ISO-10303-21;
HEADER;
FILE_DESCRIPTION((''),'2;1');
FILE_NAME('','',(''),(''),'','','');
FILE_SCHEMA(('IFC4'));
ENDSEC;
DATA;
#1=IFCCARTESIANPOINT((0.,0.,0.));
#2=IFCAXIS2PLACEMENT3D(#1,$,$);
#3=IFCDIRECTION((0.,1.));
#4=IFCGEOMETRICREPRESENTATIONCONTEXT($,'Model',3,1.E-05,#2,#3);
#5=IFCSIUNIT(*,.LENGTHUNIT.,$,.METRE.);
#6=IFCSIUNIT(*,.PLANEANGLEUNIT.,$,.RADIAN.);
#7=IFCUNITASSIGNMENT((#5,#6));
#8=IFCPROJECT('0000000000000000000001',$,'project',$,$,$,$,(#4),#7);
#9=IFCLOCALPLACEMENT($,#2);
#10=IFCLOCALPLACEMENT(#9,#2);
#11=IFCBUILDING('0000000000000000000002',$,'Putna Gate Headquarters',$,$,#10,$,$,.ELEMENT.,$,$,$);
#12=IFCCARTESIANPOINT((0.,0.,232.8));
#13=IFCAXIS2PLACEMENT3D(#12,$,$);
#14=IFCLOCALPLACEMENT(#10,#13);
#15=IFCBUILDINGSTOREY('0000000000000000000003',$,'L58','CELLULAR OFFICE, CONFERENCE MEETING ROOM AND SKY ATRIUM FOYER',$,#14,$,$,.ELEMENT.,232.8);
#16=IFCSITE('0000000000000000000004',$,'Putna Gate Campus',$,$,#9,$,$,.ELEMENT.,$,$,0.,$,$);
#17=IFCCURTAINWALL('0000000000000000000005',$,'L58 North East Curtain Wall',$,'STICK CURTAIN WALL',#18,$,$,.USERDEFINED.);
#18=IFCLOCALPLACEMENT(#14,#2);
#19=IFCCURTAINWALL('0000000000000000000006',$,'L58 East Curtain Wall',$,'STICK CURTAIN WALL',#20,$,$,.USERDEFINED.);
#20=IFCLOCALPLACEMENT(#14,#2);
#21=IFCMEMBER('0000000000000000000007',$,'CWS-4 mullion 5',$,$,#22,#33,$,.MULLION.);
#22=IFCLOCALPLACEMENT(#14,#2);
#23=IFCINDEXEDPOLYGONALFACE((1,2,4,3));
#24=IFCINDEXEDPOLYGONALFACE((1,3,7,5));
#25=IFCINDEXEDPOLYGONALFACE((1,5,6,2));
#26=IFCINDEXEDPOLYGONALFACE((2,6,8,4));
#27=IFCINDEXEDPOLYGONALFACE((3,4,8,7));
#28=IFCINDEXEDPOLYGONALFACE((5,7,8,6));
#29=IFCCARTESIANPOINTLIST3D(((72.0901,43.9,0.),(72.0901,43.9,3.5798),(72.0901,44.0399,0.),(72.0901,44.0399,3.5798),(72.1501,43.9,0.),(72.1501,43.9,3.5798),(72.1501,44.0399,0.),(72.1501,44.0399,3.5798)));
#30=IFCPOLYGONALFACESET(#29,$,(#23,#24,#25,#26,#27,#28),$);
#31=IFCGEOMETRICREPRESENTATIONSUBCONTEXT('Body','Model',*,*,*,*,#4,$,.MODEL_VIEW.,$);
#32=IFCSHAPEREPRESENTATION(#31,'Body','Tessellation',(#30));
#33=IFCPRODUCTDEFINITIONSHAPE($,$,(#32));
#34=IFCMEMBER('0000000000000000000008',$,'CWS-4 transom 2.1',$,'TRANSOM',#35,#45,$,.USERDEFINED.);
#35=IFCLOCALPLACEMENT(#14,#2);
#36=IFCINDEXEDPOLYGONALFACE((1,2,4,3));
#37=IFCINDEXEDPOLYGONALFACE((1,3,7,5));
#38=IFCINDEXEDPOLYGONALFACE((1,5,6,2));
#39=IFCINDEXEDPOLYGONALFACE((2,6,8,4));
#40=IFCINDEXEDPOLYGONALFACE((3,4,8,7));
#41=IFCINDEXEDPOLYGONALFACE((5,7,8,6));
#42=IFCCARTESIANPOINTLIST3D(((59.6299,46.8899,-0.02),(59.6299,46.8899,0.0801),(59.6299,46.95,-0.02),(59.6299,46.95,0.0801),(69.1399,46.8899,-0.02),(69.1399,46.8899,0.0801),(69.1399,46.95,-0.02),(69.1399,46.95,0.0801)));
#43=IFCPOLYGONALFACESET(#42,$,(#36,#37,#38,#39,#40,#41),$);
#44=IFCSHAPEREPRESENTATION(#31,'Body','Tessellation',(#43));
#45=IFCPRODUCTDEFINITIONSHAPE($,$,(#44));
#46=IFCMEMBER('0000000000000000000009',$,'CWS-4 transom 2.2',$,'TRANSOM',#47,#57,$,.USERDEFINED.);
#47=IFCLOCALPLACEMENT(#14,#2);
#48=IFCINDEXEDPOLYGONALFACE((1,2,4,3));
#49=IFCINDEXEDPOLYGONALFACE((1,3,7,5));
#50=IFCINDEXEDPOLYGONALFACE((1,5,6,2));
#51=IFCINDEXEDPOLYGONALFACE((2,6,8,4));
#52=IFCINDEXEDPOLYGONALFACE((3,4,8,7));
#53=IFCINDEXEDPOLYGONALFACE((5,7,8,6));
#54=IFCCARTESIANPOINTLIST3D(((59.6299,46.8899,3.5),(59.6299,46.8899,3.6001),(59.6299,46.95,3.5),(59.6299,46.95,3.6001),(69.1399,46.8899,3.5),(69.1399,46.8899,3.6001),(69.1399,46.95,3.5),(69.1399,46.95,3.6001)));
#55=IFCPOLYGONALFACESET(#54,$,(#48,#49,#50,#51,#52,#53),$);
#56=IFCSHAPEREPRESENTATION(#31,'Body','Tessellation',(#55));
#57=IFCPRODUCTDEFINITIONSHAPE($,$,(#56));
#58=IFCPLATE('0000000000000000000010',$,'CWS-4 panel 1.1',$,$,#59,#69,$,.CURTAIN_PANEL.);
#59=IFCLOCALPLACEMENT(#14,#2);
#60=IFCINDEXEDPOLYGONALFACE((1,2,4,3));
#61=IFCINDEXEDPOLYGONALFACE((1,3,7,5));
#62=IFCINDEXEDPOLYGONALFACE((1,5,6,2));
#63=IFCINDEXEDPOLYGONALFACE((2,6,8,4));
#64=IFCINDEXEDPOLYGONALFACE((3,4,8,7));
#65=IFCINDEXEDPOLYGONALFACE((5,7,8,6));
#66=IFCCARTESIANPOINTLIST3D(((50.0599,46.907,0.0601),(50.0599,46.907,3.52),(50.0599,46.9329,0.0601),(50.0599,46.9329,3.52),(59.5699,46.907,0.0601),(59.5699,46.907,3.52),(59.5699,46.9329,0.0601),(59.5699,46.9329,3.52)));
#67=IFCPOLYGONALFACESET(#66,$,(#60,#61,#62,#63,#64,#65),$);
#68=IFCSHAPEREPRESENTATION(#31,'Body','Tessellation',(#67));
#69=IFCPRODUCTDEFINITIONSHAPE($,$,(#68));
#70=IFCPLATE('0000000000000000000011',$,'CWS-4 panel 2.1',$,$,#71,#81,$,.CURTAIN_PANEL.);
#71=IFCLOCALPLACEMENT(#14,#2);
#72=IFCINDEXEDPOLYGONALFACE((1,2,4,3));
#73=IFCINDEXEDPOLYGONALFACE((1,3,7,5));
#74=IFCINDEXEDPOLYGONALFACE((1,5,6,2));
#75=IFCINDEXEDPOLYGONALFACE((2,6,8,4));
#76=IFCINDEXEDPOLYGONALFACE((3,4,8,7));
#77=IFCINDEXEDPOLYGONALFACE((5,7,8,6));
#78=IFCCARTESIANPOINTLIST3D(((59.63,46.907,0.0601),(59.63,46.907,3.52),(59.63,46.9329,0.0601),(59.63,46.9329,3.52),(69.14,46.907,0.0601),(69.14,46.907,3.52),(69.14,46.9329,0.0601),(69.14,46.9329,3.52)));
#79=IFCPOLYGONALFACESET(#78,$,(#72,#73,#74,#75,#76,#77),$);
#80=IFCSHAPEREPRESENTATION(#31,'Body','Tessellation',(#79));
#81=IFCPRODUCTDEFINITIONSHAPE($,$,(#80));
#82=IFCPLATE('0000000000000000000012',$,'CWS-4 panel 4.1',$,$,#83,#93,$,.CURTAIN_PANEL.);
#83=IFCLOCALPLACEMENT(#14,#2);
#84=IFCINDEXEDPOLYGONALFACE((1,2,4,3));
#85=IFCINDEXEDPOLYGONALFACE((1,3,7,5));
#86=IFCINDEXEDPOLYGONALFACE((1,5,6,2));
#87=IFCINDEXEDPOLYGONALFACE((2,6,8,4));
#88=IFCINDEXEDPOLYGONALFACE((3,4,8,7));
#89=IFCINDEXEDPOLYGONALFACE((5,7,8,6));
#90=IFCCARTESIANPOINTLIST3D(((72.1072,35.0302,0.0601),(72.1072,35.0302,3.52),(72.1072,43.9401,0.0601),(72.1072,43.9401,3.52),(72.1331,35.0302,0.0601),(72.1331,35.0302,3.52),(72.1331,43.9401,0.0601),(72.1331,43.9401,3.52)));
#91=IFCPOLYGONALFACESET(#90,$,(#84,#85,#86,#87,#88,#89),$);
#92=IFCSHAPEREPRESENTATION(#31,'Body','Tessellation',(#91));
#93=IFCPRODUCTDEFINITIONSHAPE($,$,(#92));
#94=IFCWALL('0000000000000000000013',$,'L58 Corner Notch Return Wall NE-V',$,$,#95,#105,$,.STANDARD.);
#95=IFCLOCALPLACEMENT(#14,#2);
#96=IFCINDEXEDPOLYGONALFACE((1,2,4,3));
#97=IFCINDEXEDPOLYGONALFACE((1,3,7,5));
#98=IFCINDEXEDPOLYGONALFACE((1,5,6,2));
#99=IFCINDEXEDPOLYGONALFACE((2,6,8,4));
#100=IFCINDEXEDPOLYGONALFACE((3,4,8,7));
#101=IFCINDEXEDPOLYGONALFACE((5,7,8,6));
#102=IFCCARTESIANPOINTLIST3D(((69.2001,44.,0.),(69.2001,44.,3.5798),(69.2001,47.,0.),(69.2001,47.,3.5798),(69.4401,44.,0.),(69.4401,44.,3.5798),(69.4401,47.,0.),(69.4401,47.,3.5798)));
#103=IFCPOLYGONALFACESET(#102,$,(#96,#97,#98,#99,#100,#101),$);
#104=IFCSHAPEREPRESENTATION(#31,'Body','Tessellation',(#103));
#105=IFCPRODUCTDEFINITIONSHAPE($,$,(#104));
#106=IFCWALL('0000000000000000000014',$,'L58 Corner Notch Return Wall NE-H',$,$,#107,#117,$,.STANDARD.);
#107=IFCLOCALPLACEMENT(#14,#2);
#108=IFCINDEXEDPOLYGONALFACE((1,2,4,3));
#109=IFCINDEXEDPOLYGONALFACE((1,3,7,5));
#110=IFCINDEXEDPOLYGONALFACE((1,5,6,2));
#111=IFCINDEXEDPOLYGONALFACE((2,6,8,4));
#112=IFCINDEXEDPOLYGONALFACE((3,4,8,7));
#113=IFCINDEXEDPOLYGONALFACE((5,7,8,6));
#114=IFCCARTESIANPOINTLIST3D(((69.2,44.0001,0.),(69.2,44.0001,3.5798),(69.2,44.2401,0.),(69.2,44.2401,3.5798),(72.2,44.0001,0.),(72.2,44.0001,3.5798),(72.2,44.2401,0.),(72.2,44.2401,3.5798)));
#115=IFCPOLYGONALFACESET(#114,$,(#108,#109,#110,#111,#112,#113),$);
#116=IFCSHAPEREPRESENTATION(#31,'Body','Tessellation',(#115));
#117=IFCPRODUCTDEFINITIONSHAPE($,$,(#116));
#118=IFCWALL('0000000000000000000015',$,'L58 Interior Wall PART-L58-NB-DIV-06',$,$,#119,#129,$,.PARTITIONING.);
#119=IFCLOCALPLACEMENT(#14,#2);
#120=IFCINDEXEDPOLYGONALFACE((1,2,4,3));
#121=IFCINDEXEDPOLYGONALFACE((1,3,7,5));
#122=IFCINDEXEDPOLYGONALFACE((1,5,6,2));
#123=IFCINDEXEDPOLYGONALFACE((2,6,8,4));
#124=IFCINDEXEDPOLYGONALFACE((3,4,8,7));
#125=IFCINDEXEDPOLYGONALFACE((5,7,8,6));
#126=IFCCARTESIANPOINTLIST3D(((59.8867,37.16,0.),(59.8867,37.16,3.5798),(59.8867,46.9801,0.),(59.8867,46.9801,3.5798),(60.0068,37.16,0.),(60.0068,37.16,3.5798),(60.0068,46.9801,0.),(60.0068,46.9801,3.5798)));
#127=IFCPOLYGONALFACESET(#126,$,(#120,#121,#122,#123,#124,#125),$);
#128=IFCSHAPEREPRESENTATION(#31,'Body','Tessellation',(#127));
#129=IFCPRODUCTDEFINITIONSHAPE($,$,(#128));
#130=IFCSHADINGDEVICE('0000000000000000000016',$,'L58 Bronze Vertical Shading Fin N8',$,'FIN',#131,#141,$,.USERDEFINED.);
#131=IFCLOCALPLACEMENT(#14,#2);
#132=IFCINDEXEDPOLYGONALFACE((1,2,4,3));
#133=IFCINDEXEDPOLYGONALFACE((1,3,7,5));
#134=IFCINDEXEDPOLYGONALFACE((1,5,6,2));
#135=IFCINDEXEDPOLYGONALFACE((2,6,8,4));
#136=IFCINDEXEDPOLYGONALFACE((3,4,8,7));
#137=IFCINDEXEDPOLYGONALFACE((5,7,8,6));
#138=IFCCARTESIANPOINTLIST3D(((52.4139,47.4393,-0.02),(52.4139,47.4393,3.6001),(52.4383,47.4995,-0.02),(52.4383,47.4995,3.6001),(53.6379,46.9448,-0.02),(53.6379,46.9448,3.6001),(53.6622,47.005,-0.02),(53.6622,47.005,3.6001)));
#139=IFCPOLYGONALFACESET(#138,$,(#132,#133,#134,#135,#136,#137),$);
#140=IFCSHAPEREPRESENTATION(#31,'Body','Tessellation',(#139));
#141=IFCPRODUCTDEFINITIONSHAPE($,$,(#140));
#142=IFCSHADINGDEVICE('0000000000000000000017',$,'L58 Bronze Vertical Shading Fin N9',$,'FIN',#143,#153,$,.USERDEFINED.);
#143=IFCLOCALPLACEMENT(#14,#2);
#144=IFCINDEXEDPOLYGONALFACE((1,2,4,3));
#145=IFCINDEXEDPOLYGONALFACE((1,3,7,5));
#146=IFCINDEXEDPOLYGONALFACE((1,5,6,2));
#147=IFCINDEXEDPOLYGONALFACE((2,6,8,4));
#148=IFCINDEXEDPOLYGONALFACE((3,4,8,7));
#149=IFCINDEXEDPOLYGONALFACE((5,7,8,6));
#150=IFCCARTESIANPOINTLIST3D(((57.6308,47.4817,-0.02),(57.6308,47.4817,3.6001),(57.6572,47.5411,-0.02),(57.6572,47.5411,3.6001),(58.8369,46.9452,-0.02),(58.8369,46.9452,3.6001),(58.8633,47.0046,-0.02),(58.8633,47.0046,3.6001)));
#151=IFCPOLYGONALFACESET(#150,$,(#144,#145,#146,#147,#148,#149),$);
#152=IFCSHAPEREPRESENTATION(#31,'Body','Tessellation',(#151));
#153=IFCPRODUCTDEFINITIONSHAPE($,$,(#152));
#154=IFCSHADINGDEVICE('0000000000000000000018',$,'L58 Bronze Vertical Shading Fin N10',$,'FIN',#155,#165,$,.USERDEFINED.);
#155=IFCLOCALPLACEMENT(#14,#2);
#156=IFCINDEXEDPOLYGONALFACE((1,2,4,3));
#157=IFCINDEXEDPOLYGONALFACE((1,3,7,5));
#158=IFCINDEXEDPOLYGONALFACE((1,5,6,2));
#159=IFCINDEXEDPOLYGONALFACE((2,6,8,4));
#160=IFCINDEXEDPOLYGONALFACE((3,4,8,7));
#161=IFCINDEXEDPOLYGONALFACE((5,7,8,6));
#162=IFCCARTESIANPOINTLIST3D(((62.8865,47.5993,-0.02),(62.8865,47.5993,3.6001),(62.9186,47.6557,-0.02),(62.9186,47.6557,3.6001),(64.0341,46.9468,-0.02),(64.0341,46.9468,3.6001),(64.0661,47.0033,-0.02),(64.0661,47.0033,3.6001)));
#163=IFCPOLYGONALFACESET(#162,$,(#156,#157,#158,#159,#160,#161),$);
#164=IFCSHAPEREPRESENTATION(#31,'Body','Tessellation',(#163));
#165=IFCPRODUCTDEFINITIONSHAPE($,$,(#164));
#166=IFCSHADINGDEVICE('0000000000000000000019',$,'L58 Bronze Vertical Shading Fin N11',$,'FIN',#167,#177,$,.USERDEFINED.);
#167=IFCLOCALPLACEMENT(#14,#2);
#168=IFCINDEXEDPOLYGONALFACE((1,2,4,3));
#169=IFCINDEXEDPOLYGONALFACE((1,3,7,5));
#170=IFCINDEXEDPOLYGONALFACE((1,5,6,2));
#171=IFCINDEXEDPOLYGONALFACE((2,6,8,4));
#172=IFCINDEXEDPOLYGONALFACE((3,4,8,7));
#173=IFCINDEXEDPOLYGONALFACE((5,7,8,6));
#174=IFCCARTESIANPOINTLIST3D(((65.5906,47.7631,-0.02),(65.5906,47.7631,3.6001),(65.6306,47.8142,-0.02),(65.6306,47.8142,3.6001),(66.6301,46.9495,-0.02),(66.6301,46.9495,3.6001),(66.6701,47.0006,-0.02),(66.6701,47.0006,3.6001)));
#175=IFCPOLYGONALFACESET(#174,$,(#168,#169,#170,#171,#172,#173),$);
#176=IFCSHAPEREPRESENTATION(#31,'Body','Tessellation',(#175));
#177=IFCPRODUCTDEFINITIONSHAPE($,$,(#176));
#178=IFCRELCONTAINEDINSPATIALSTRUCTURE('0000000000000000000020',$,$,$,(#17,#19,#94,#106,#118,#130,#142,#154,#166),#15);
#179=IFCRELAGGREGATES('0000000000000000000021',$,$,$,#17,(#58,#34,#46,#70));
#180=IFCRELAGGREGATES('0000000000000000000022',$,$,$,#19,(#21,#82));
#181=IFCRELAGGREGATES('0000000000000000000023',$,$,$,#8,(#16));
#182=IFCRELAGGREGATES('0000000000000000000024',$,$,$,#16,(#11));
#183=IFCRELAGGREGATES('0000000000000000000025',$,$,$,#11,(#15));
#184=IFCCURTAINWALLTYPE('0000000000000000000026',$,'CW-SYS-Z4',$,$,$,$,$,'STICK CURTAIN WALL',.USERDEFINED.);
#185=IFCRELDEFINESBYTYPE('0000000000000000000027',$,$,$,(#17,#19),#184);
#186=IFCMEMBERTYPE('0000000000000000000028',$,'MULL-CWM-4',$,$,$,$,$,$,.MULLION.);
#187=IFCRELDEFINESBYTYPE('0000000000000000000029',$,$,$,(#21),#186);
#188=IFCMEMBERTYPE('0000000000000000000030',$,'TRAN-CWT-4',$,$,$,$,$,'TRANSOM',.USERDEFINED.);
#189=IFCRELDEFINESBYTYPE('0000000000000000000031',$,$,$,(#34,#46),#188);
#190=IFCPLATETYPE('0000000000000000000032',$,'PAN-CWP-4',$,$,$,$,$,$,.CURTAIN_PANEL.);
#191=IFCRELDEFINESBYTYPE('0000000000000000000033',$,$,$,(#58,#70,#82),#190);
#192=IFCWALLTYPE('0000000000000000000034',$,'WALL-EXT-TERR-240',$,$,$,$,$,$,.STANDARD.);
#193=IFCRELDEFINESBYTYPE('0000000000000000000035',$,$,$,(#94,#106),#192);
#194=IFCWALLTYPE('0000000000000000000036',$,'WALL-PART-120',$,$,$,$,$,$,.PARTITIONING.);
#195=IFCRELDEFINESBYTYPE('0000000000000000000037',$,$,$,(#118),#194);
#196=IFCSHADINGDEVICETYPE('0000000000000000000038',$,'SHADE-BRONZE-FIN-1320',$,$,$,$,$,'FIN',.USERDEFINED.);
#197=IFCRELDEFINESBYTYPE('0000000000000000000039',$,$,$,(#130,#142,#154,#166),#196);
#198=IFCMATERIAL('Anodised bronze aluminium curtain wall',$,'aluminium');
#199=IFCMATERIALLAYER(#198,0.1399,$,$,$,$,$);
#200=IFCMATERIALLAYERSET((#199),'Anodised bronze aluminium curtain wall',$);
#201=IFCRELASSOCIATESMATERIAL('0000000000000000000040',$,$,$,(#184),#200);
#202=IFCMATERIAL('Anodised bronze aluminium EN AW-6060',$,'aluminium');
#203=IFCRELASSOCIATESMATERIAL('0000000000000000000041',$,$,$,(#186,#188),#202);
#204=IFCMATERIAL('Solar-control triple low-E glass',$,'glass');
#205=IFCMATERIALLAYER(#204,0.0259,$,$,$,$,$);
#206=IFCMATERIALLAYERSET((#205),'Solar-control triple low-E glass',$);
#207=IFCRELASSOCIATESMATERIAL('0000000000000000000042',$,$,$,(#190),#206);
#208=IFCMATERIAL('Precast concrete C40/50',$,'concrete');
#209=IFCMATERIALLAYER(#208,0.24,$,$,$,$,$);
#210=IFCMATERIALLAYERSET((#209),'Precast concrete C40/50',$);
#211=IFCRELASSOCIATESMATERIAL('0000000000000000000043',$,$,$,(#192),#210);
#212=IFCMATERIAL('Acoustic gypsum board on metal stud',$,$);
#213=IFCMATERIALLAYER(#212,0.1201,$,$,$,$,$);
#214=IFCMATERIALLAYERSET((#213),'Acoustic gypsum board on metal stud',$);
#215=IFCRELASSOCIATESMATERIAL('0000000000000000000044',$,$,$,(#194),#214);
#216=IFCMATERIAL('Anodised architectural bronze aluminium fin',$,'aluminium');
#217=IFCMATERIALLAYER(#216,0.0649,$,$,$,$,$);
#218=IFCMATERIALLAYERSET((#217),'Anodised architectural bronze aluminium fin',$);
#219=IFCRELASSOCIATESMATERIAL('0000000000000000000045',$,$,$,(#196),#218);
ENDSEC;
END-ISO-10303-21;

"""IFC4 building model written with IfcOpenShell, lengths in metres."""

from ifc_helpers import new_model, si_unit, direction, frame, frame_2d, origin, origin_2d, place, context, subcontext, project, spatial, rectangle, extrude, material, layer, layer_set, material_profile, profile_set, type_object, element, aggregate, save


model = new_model("IFC4")

# Units and contexts
model_context = context("Model", 3, precision=1e-05, world=origin(), true_north=direction((0.0, 1.0)))
body_context = subcontext(model_context, "Body", "Model", "MODEL_VIEW")
ifc_project = project(units=[si_unit("LENGTHUNIT", "METRE"), si_unit("PLANEANGLEUNIT", "RADIAN")], contexts=[model_context])

# Site, building, storey
site_placement = place(None, origin())
site = spatial("IfcSite", under=ifc_project, at=site_placement, Name="Putna Gate Campus", CompositionType="ELEMENT", RefElevation=0.0)
building_placement = place(site_placement, origin())
building = spatial("IfcBuilding", under=site, at=building_placement, Name="Putna Gate Headquarters", CompositionType="ELEMENT")
storey_placement = place(building_placement, frame((0.0, 0.0, 232.8)))
storey = spatial("IfcBuildingStorey", under=building, at=storey_placement, Name="L58", Description="CELLULAR OFFICE, CONFERENCE MEETING ROOM AND SKY ATRIUM FOYER", CompositionType="ELEMENT", Elevation=232.8)

# Curtain wall
ifc_material_1 = material(Name="Anodised bronze aluminium curtain wall", Category="aluminium")
ifc_layer_1 = layer(ifc_material_1, 0.1399)
ifc_layer_set_1 = layer_set([ifc_layer_1], Name="Anodised bronze aluminium curtain wall")
curtain_wall_type = type_object("IfcCurtainWallType", Name="CW-SYS-Z4", ElementType="STICK CURTAIN WALL", PredefinedType="USERDEFINED", material=ifc_layer_set_1)
curtain_wall_1_placement = place(storey_placement, origin())
curtain_wall_1 = element("IfcCurtainWall", 1, at=curtain_wall_1_placement, inside=storey, type_object=curtain_wall_type, Name="L58 North East Curtain Wall", ObjectType="STICK CURTAIN WALL", PredefinedType="USERDEFINED")
ifc_material_2 = material(Name="Anodised bronze aluminium EN AW-6060", Category="aluminium")
ifc_material_profile_1 = material_profile(ifc_material_2, rectangle(XDim=0.0601, YDim=0.1399, at=origin_2d()), Name="Anodised bronze aluminium EN AW-6060")
ifc_profile_set_1 = profile_set([ifc_material_profile_1], Name="Anodised bronze aluminium EN AW-6060")
member_type_1 = type_object("IfcMemberType", Name="MULL-CWM-4", PredefinedType="MULLION", material=ifc_profile_set_1)

# Curtain wall, member
curtain_wall_2_placement = place(storey_placement, origin())
curtain_wall_2 = element("IfcCurtainWall", 2, at=curtain_wall_2_placement, inside=storey, type_object=curtain_wall_type, Name="L58 East Curtain Wall", ObjectType="STICK CURTAIN WALL", PredefinedType="USERDEFINED")
member_1_placement = place(storey_placement, frame((72.1201, 43.97, 0.0), z_axis=(0.0, 0.0, 1.0), x_axis=(-1.0, 0.0, 0.0)))
member_1 = element("IfcMember", 3, at=member_1_placement, type_object=member_type_1, Name="CWS-4 mullion 5", PredefinedType="MULLION", context=body_context, shape_type="SweptSolid", body=[
    extrude(rectangle(XDim=0.0601, YDim=0.1399, at=origin_2d()), origin(), (0.0, 0.0, 1.0), 3.5798),
])

# Members
ifc_material_profile_2 = material_profile(ifc_material_2, rectangle(XDim=0.0601, YDim=0.1001, at=origin_2d()), Name="Anodised bronze aluminium EN AW-6060")
ifc_profile_set_2 = profile_set([ifc_material_profile_2], Name="Anodised bronze aluminium EN AW-6060")
member_type_2 = type_object("IfcMemberType", Name="TRAN-CWT-4", ElementType="TRANSOM", PredefinedType="USERDEFINED", material=ifc_profile_set_2)
member_2_placement = place(storey_placement, frame((59.6299, 46.9199, 0.03), z_axis=(1.0, 0.0, 0.0), x_axis=(0.0, 1.0, 0.0)))
member_2 = element("IfcMember", 4, at=member_2_placement, type_object=member_type_2, Name="CWS-4 transom 2.1", ObjectType="TRANSOM", PredefinedType="USERDEFINED", context=body_context, shape_type="SweptSolid", body=[
    extrude(rectangle(XDim=0.0601, YDim=0.1001, at=origin_2d()), origin(), (0.0, 0.0, 1.0), 9.51),
])
member_3_placement = place(storey_placement, frame((59.6299, 46.9199, 3.55), z_axis=(1.0, 0.0, 0.0), x_axis=(0.0, 1.0, 0.0)))
member_3 = element("IfcMember", 5, at=member_3_placement, type_object=member_type_2, Name="CWS-4 transom 2.2", ObjectType="TRANSOM", PredefinedType="USERDEFINED", context=body_context, shape_type="SweptSolid", body=[
    extrude(rectangle(XDim=0.0601, YDim=0.1001, at=origin_2d()), origin(), (0.0, 0.0, 1.0), 9.51),
])

# Plates
ifc_material_3 = material(Name="Solar-control triple low-E glass", Category="glass")
ifc_layer_2 = layer(ifc_material_3, 0.0259)
ifc_layer_set_2 = layer_set([ifc_layer_2], Name="Solar-control triple low-E glass")
plate_type = type_object("IfcPlateType", Name="PAN-CWP-4", PredefinedType="CURTAIN_PANEL", material=ifc_layer_set_2)
plate_1_placement = place(storey_placement, frame((54.8149, 46.9199, 0.0601), z_axis=(0.0, 0.0, 1.0), x_axis=(1.0, 0.0, 0.0)))
plate_1 = element("IfcPlate", 6, at=plate_1_placement, type_object=plate_type, Name="CWS-4 panel 1.1", PredefinedType="CURTAIN_PANEL", context=body_context, shape_type="SweptSolid", body=[
    extrude(rectangle(XDim=9.51, YDim=0.0259, at=origin_2d()), origin(), (0.0, 0.0, 1.0), 3.46),
])
plate_2_placement = place(storey_placement, frame((64.385, 46.9199, 0.0601), z_axis=(0.0, 0.0, 1.0), x_axis=(1.0, 0.0, 0.0)))
plate_2 = element("IfcPlate", 7, at=plate_2_placement, type_object=plate_type, Name="CWS-4 panel 2.1", PredefinedType="CURTAIN_PANEL", context=body_context, shape_type="SweptSolid", body=[
    extrude(rectangle(XDim=9.51, YDim=0.0259, at=origin_2d()), origin(), (0.0, 0.0, 1.0), 3.46),
])
aggregate(curtain_wall_1, [plate_1, member_2, member_3, plate_2])
plate_3_placement = place(storey_placement, frame((72.1201, 39.4851, 0.0601), z_axis=(0.0, 0.0, 1.0), x_axis=(0.0, 1.0, 0.0)))
plate_3 = element("IfcPlate", 8, at=plate_3_placement, type_object=plate_type, Name="CWS-4 panel 4.1", PredefinedType="CURTAIN_PANEL", context=body_context, shape_type="SweptSolid", body=[
    extrude(rectangle(XDim=8.9099, YDim=0.0259, at=origin_2d()), origin(), (0.0, 0.0, 1.0), 3.46),
])
aggregate(curtain_wall_2, [member_1, plate_3])

# Walls
ifc_material_4 = material(Name="Precast concrete C40/50", Category="concrete")
ifc_layer_3 = layer(ifc_material_4, 0.24)
ifc_layer_set_3 = layer_set([ifc_layer_3], Name="Precast concrete C40/50")
wall_type_1 = type_object("IfcWallType", Name="WALL-EXT-TERR-240", PredefinedType="STANDARD", material=ifc_layer_set_3)
for number, where, z_axis, x_axis, name in (
    (9, (69.3201, 47.0, 0.0), (0.0, 0.0, 1.0), (0.0, -1.0, 0.0), "L58 Corner Notch Return Wall NE-V"),
    (10, (69.2, 44.1201, 0.0), (0.0, 0.0, 1.0), (1.0, 0.0, 0.0), "L58 Corner Notch Return Wall NE-H"),
):
    element("IfcWall", number, at=place(storey_placement, frame(where, z_axis=z_axis, x_axis=x_axis)), inside=storey, type_object=wall_type_1, Name=name, PredefinedType="STANDARD", context=body_context, shape_type="SweptSolid", body=[
        extrude(rectangle(XDim=3.0, YDim=0.24, at=frame_2d((1.5, 0.0))), origin(), (0.0, 0.0, 1.0), 3.5798),
    ])
ifc_material_5 = material(Name="Acoustic gypsum board on metal stud")
ifc_layer_4 = layer(ifc_material_5, 0.1201)
ifc_layer_set_4 = layer_set([ifc_layer_4], Name="Acoustic gypsum board on metal stud")
wall_type_2 = type_object("IfcWallType", Name="WALL-PART-120", PredefinedType="PARTITIONING", material=ifc_layer_set_4)
wall_placement = place(storey_placement, frame((59.9468, 37.1599, 0.0), z_axis=(0.0, 0.0, 1.0), x_axis=(0.0, 1.0, 0.0)))
element("IfcWall", 11, at=wall_placement, inside=storey, type_object=wall_type_2, Name="L58 Interior Wall PART-L58-NB-DIV-06", PredefinedType="PARTITIONING", context=body_context, shape_type="SweptSolid", body=[
    extrude(rectangle(XDim=9.8201, YDim=0.1201, at=frame_2d((4.9102, 0.0))), origin(), (0.0, 0.0, 1.0), 3.5798),
])

# Shading devices
ifc_material_6 = material(Name="Anodised architectural bronze aluminium fin", Category="aluminium")
ifc_layer_5 = layer(ifc_material_6, 0.0649)
ifc_layer_set_5 = layer_set([ifc_layer_5], Name="Anodised architectural bronze aluminium fin")
shading_device_type = type_object("IfcShadingDeviceType", Name="SHADE-BRONZE-FIN-1320", ElementType="FIN", PredefinedType="USERDEFINED", material=ifc_layer_set_5)
for number, where, z_axis, x_axis, name in (
    (12, (53.0381, 47.2222, -0.02), (0.0, 0.0, 1.0), (-0.927184, 0.374607, 0.0), "L58 Bronze Vertical Shading Fin N8"),
    (13, (58.2471, 47.2432, -0.02), (0.0, 0.0, 1.0), (-0.913687, 0.406418, 0.0), "L58 Bronze Vertical Shading Fin N9"),
    (14, (63.4763, 47.3013, -0.02), (0.0, 0.0, 1.0), (-0.869322, 0.494245, 0.0), "L58 Bronze Vertical Shading Fin N10"),
    (15, (66.1304, 47.3818, -0.02), (0.0, 0.0, 1.0), (-0.787473, 0.616349, 0.0), "L58 Bronze Vertical Shading Fin N11"),
):
    element("IfcShadingDevice", number, at=place(storey_placement, frame(where, z_axis=z_axis, x_axis=x_axis)), inside=storey, type_object=shading_device_type, Name=name, ObjectType="FIN", PredefinedType="USERDEFINED", context=body_context, shape_type="SweptSolid", body=[
        extrude(rectangle(XDim=1.3201, YDim=0.0649, at=origin_2d()), origin(), (0.0, 0.0, 1.0), 3.6201),
    ])

save(model, "model.ifc")
